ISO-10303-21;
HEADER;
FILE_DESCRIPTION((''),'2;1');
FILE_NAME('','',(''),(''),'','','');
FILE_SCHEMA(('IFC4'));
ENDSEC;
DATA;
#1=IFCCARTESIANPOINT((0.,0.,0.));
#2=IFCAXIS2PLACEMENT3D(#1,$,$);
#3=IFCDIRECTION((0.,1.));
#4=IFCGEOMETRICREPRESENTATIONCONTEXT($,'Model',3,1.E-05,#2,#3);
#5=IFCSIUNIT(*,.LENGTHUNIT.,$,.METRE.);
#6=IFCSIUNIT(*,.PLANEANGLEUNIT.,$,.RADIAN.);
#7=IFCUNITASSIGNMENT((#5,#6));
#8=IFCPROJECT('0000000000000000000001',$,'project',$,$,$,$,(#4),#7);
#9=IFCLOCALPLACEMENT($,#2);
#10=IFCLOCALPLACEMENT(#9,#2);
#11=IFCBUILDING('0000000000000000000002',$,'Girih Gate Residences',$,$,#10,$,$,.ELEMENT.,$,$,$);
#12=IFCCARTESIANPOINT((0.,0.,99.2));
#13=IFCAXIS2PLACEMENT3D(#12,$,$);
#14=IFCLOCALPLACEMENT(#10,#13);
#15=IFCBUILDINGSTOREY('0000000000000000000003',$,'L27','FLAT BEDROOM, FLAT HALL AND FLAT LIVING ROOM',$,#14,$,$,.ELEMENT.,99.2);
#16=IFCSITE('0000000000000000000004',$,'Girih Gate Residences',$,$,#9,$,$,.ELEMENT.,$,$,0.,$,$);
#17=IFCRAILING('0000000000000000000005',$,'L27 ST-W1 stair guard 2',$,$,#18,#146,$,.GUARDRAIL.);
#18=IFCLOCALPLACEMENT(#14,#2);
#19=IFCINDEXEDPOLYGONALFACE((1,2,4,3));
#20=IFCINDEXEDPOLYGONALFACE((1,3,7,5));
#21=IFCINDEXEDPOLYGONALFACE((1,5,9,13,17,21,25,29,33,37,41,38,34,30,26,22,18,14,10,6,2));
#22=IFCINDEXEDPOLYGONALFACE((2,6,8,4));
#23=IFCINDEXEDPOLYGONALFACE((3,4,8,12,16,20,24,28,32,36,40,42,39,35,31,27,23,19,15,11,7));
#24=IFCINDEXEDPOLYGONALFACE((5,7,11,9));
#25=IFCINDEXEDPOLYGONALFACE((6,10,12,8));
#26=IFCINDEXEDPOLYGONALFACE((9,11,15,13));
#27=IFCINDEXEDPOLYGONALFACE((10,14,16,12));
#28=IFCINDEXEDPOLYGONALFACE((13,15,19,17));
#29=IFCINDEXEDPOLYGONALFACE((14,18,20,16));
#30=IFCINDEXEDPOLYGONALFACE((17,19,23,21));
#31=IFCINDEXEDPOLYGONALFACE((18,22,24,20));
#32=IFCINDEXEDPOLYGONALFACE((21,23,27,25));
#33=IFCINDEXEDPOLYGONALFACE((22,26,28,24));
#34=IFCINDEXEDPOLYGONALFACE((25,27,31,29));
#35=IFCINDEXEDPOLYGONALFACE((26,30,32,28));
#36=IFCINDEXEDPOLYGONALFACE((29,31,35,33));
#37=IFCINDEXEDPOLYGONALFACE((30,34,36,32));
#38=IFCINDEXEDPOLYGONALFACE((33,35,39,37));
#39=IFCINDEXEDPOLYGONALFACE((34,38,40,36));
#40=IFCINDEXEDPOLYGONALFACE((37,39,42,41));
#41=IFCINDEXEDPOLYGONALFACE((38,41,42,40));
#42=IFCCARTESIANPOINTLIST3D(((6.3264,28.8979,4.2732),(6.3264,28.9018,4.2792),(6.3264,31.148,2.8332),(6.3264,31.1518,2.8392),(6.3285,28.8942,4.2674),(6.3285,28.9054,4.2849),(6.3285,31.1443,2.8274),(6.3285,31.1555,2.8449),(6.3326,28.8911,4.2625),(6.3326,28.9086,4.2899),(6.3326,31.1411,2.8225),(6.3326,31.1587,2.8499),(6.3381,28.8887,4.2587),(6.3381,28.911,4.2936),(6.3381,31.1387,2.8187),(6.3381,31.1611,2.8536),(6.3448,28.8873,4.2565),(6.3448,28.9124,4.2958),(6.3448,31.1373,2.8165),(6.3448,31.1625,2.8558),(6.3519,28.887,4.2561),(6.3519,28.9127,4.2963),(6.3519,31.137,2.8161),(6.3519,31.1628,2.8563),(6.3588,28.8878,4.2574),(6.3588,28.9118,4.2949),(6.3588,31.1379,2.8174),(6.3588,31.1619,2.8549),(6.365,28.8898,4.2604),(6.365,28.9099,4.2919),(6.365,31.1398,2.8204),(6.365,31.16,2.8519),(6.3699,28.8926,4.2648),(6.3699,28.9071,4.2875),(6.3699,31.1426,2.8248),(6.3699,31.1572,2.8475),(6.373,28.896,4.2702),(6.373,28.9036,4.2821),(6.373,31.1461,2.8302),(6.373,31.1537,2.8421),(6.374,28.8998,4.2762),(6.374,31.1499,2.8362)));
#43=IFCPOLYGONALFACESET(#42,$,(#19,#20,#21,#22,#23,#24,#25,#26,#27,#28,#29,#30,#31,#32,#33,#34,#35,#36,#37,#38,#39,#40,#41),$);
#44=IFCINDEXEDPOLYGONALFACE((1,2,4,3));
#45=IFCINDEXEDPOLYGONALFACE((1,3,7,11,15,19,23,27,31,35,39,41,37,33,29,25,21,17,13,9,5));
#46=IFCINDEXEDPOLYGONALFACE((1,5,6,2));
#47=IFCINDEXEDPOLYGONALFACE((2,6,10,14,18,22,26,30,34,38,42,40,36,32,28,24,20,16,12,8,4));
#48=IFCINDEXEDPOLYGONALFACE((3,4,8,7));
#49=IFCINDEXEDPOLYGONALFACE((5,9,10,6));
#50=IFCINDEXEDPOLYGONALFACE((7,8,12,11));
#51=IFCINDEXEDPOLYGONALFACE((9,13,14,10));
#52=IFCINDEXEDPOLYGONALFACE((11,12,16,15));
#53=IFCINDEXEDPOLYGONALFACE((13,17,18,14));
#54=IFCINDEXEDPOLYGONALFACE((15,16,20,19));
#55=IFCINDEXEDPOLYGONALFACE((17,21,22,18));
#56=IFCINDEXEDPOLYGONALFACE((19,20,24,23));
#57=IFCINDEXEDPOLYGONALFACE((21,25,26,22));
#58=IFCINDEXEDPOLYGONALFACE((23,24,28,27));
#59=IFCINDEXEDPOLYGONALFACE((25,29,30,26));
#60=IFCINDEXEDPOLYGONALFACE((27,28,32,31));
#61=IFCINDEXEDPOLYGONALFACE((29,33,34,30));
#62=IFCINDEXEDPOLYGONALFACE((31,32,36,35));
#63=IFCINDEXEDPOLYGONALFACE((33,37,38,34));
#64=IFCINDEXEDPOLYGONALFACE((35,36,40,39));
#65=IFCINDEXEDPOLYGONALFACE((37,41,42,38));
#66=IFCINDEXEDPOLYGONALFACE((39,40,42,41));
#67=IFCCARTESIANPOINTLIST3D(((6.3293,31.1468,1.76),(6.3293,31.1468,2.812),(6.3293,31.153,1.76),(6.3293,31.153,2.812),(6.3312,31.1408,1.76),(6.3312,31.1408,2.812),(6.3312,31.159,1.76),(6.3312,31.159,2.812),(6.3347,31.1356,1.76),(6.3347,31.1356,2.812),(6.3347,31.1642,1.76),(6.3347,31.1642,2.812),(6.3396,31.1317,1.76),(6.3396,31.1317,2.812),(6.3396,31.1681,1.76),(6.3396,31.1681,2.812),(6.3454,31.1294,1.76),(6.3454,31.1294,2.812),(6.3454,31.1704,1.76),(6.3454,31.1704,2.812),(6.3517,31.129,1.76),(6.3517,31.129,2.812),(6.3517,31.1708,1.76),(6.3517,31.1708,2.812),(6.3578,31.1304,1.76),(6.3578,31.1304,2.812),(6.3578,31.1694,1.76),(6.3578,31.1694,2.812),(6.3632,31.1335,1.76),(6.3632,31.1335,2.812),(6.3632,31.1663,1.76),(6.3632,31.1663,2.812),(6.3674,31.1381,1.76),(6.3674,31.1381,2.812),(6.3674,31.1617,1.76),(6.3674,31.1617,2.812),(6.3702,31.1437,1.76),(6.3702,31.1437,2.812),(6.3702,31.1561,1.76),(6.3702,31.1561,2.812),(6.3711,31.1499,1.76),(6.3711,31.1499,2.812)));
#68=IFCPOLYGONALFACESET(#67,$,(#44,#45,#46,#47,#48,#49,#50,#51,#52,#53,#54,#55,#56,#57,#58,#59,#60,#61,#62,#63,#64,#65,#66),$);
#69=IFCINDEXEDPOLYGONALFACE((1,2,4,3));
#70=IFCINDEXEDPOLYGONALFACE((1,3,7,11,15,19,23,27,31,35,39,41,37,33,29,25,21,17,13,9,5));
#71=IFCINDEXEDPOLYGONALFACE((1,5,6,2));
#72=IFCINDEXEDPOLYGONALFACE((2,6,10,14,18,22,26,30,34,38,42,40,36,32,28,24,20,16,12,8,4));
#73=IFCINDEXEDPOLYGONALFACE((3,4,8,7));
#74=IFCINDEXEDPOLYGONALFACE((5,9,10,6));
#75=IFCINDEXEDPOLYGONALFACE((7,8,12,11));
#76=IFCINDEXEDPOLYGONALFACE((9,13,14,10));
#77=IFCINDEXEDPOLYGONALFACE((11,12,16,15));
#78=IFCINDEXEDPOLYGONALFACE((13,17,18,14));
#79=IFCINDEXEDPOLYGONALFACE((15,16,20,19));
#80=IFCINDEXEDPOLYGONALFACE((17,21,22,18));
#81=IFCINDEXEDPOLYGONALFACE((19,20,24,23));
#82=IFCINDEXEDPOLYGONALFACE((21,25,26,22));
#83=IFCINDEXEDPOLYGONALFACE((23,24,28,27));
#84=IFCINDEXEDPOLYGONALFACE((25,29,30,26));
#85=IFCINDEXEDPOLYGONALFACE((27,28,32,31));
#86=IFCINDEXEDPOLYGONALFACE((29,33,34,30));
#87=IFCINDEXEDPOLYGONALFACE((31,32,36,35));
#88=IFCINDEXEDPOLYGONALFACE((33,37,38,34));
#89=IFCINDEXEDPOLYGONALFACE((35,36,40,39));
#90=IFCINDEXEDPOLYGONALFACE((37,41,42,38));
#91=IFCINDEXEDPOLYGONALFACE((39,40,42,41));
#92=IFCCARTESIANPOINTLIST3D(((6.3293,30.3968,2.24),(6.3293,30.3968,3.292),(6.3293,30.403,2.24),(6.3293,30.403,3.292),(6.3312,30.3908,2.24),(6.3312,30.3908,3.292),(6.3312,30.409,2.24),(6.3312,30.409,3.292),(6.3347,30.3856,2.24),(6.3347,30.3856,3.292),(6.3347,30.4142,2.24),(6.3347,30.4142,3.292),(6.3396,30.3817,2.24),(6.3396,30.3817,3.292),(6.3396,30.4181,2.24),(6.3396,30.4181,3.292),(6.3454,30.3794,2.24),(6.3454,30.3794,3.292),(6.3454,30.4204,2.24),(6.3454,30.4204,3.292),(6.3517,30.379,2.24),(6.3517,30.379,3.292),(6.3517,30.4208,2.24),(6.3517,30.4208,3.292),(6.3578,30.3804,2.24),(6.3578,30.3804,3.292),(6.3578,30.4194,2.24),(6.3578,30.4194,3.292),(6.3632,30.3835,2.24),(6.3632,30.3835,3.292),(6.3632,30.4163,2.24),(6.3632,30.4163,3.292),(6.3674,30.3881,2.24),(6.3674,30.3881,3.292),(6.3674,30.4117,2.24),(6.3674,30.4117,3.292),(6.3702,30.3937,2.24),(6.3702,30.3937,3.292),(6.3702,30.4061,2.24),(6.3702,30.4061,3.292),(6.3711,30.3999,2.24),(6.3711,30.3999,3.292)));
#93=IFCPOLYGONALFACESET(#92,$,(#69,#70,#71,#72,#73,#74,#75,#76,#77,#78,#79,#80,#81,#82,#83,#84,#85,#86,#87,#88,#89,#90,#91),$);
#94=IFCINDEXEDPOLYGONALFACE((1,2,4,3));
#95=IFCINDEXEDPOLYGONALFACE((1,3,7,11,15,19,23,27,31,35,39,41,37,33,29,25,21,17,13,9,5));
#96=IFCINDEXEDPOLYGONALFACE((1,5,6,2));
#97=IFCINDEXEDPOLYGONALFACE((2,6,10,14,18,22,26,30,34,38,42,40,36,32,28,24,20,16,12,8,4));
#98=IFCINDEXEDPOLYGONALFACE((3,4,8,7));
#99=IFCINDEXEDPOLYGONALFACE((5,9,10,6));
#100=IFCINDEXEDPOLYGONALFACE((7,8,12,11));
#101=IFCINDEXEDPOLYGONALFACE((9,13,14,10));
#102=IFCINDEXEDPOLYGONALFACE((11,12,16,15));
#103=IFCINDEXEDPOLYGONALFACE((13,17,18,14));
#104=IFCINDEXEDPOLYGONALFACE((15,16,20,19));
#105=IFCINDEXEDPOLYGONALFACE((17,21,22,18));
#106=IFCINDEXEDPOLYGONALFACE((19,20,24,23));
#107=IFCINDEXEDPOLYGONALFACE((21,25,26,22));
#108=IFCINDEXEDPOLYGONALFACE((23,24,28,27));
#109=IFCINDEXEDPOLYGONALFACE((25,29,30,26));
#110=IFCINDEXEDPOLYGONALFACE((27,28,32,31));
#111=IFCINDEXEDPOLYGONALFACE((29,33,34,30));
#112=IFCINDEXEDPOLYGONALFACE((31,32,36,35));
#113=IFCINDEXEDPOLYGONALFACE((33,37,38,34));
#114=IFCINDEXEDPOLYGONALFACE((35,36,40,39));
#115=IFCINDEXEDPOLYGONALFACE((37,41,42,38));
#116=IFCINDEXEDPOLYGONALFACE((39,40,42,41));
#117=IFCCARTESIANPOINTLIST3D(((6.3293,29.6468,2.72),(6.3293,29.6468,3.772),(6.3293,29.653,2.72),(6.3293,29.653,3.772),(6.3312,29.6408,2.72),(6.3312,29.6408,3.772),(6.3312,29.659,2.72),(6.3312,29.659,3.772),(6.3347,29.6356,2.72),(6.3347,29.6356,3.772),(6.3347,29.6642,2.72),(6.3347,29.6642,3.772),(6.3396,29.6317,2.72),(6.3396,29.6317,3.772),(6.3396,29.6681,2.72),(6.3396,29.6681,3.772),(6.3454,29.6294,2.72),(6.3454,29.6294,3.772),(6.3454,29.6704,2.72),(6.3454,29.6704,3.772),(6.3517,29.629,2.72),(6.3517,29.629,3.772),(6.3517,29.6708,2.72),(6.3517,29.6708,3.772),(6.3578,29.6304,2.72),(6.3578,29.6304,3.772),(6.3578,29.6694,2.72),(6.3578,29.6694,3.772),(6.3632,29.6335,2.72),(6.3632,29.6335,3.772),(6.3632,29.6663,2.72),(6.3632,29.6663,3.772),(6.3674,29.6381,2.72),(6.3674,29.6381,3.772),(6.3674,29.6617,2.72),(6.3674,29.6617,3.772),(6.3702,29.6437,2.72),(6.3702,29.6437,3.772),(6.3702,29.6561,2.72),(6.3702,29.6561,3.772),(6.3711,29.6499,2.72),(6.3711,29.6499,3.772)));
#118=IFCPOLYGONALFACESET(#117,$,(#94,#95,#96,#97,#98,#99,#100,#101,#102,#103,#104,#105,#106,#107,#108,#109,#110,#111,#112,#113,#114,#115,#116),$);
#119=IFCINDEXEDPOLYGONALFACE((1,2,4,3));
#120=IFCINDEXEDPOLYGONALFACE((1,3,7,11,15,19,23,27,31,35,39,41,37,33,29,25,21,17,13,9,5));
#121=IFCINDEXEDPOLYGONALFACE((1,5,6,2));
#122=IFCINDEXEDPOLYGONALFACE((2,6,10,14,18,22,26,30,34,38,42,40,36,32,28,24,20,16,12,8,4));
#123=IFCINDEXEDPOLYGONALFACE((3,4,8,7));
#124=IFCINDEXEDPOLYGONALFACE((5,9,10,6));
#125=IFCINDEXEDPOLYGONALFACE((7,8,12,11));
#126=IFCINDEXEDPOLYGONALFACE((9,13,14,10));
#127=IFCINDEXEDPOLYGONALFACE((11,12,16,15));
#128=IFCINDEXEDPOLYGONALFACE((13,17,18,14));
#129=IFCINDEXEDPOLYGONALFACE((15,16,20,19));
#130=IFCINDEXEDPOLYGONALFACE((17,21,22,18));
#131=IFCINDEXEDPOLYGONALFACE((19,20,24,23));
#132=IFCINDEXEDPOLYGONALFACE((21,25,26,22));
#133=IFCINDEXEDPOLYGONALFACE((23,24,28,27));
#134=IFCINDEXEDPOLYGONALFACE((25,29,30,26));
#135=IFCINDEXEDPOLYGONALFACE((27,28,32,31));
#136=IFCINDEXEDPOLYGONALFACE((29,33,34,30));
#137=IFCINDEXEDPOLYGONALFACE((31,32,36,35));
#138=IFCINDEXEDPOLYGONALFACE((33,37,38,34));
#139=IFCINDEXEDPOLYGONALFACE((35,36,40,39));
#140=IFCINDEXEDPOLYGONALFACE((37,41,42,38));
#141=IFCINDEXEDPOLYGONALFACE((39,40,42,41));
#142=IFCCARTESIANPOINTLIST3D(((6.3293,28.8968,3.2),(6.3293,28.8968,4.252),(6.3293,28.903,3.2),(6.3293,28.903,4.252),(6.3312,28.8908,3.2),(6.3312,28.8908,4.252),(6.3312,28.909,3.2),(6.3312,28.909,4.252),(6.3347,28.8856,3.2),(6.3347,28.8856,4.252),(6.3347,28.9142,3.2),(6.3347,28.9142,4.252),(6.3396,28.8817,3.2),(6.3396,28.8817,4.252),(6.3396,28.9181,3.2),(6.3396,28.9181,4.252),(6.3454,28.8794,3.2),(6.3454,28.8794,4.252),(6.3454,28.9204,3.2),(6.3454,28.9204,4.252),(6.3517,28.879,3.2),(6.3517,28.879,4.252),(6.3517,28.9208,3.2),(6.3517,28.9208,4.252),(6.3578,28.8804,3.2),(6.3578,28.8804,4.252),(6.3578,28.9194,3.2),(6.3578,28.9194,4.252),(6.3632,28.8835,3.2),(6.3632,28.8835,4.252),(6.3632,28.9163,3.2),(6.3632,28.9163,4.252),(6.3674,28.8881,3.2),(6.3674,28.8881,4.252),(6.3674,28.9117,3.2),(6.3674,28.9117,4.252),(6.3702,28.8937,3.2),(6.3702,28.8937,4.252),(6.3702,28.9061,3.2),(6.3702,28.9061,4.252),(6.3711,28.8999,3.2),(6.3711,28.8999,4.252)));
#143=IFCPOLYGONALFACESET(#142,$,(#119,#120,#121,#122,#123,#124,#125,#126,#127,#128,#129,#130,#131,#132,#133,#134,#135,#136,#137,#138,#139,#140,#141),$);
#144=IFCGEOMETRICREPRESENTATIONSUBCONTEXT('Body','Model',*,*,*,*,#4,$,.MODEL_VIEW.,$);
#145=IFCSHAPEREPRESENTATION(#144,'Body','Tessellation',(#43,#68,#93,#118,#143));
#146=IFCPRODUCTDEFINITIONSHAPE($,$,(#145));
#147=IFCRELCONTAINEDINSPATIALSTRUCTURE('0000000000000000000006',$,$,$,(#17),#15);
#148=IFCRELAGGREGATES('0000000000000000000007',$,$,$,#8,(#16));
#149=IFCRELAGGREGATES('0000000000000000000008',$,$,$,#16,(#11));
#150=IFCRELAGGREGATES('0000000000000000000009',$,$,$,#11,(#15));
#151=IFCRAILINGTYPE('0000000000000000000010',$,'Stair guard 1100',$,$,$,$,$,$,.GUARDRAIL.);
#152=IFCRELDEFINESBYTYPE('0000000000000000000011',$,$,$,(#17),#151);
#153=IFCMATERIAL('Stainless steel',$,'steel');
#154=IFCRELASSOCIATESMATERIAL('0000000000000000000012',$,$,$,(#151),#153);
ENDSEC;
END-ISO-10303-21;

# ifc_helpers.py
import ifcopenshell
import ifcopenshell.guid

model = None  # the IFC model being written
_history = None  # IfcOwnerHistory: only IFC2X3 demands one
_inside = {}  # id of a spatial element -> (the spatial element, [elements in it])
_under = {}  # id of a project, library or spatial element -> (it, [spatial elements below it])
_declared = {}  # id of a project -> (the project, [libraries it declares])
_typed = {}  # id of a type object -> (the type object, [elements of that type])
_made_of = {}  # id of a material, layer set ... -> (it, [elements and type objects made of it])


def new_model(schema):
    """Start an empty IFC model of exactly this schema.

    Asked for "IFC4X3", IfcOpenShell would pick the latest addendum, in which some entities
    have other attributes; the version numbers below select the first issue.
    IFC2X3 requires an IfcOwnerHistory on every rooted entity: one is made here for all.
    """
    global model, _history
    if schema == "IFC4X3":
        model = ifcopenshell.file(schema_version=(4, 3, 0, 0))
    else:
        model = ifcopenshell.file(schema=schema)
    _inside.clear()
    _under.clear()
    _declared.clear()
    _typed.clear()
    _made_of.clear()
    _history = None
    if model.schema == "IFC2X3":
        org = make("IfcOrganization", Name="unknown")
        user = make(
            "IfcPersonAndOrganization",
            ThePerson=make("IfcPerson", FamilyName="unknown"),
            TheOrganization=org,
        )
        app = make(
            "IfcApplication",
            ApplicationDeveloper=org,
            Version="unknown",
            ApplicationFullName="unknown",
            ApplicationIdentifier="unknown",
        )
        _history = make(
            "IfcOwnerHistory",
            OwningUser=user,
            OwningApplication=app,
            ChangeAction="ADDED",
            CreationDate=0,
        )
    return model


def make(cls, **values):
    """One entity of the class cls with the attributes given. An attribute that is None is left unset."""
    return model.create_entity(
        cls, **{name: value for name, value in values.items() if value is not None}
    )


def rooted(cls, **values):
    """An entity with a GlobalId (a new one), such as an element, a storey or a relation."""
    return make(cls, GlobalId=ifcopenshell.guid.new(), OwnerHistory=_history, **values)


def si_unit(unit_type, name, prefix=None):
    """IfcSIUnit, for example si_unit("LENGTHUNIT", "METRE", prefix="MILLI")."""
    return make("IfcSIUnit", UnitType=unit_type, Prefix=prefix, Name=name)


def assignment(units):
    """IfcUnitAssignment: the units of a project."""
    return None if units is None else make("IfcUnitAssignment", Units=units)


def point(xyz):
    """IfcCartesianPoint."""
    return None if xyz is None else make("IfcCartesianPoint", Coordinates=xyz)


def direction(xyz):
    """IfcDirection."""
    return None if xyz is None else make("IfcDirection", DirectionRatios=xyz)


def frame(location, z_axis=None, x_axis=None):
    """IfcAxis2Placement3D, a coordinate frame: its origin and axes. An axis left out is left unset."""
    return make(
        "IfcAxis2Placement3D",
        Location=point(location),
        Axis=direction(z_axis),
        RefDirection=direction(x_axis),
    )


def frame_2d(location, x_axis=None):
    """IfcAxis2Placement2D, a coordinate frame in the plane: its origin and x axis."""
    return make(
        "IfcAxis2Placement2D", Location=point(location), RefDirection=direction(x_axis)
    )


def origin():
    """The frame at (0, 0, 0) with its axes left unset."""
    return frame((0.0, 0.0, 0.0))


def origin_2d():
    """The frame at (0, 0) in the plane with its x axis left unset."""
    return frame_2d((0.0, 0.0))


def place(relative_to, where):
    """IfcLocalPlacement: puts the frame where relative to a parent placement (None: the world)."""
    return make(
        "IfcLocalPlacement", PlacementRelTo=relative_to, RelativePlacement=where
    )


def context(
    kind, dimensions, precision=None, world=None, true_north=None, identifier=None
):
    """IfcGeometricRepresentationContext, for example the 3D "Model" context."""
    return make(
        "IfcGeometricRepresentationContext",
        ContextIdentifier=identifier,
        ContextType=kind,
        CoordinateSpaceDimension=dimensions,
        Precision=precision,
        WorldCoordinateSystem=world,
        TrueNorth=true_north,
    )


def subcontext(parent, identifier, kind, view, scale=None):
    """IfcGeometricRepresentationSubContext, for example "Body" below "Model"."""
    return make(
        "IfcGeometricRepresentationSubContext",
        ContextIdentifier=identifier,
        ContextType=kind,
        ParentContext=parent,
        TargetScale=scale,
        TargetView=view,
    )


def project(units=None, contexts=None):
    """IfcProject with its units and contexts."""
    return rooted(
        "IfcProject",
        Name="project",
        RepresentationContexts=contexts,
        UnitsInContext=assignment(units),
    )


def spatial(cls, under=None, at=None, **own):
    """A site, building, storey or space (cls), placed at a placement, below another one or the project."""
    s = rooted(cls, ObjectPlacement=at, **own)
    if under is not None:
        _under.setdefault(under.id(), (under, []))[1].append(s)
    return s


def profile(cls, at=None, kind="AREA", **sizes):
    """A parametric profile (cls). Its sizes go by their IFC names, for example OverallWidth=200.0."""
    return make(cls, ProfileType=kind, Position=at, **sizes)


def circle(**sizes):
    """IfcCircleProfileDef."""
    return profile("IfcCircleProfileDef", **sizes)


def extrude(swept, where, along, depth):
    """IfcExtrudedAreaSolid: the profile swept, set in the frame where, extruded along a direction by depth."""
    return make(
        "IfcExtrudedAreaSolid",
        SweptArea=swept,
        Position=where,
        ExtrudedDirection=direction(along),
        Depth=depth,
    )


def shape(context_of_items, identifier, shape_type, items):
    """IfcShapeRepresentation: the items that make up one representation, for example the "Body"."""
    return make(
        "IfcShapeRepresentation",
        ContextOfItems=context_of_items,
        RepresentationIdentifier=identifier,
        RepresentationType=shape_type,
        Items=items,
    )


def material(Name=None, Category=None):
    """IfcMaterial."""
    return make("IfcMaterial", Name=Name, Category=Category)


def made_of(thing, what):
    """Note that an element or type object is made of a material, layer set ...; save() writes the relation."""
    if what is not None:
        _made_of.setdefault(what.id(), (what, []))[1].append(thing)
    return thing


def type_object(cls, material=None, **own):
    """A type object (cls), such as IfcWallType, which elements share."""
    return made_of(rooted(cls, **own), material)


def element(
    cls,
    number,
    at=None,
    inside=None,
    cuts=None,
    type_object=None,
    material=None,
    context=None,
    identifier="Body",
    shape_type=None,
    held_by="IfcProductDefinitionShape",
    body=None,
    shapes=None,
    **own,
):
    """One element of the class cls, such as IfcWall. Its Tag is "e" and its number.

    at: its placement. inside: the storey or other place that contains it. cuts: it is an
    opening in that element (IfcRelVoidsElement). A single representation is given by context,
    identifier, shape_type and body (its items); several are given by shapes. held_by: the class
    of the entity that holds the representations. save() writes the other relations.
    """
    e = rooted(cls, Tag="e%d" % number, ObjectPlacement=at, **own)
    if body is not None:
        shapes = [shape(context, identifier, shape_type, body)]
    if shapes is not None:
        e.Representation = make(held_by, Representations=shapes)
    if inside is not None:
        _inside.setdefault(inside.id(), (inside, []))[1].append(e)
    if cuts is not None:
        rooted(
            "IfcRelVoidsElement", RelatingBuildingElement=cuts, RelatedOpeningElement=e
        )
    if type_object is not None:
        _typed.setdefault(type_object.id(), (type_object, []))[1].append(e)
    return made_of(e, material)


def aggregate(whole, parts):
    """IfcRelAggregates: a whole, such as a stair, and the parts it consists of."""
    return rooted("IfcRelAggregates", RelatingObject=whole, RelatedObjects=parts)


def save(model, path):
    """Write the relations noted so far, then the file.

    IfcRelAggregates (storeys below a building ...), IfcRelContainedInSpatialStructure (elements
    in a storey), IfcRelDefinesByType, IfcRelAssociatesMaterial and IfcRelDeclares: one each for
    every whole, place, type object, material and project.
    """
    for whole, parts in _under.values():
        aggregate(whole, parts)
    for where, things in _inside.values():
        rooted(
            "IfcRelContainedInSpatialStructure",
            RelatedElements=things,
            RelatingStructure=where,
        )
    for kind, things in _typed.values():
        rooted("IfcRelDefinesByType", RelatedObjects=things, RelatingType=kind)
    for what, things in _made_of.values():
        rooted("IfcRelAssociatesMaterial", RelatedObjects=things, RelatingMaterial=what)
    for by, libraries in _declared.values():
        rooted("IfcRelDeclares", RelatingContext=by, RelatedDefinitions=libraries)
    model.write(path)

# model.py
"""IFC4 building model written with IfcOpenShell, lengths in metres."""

from ifc_helpers import new_model, si_unit, direction, frame, origin, origin_2d, place, context, subcontext, project, spatial, circle, extrude, material, type_object, element, save


model = new_model("IFC4")

# Units and contexts
model_context = context("Model", 3, precision=1e-05, world=origin(), true_north=direction((0.0, 1.0)))
body_context = subcontext(model_context, "Body", "Model", "MODEL_VIEW")
ifc_project = project(units=[si_unit("LENGTHUNIT", "METRE"), si_unit("PLANEANGLEUNIT", "RADIAN")], contexts=[model_context])

# Site, building, storey
site_placement = place(None, origin())
site = spatial("IfcSite", under=ifc_project, at=site_placement, Name="Girih Gate Residences", CompositionType="ELEMENT", RefElevation=0.0)
building_placement = place(site_placement, origin())
building = spatial("IfcBuilding", under=site, at=building_placement, Name="Girih Gate Residences", CompositionType="ELEMENT")
storey_placement = place(building_placement, frame((0.0, 0.0, 99.2)))
storey = spatial("IfcBuildingStorey", under=building, at=storey_placement, Name="L27", Description="FLAT BEDROOM, FLAT HALL AND FLAT LIVING ROOM", CompositionType="ELEMENT", Elevation=99.2)

# Shared definitions
ifc_material_1 = material(Name="Stainless steel", Category="steel")

# Railing
railing_type = type_object("IfcRailingType", Name="Stair guard 1100", PredefinedType="GUARDRAIL", material=ifc_material_1)
railing_placement = place(storey_placement, frame((6.3501, 31.1499, 1.76)))
element("IfcRailing", 1, at=railing_placement, inside=storey, type_object=railing_type, Name="L27 ST-W1 stair guard 2", PredefinedType="GUARDRAIL", context=body_context, shape_type="SweptSolid", body=[
    extrude(circle(Radius=0.0239, at=origin_2d()), frame((0.0, 0.0, 1.0762), z_axis=(0.0, -0.842281, 0.539038), x_axis=(1.0, 0.0, 0.0)), (0.0, 0.0, 1.0), 2.6714),
    extrude(circle(Radius=0.021, at=origin_2d()), origin(), (0.0, 0.0, 1.0), 1.052),
    extrude(circle(Radius=0.021, at=origin_2d()), frame((0.0, -0.75, 0.48)), (0.0, 0.0, 1.0), 1.052),
    extrude(circle(Radius=0.021, at=origin_2d()), frame((0.0, -1.5, 0.96)), (0.0, 0.0, 1.0), 1.052),
    extrude(circle(Radius=0.021, at=origin_2d()), frame((0.0, -2.25, 1.4399)), (0.0, 0.0, 1.0), 1.052),
])

save(model, "model.ifc")
